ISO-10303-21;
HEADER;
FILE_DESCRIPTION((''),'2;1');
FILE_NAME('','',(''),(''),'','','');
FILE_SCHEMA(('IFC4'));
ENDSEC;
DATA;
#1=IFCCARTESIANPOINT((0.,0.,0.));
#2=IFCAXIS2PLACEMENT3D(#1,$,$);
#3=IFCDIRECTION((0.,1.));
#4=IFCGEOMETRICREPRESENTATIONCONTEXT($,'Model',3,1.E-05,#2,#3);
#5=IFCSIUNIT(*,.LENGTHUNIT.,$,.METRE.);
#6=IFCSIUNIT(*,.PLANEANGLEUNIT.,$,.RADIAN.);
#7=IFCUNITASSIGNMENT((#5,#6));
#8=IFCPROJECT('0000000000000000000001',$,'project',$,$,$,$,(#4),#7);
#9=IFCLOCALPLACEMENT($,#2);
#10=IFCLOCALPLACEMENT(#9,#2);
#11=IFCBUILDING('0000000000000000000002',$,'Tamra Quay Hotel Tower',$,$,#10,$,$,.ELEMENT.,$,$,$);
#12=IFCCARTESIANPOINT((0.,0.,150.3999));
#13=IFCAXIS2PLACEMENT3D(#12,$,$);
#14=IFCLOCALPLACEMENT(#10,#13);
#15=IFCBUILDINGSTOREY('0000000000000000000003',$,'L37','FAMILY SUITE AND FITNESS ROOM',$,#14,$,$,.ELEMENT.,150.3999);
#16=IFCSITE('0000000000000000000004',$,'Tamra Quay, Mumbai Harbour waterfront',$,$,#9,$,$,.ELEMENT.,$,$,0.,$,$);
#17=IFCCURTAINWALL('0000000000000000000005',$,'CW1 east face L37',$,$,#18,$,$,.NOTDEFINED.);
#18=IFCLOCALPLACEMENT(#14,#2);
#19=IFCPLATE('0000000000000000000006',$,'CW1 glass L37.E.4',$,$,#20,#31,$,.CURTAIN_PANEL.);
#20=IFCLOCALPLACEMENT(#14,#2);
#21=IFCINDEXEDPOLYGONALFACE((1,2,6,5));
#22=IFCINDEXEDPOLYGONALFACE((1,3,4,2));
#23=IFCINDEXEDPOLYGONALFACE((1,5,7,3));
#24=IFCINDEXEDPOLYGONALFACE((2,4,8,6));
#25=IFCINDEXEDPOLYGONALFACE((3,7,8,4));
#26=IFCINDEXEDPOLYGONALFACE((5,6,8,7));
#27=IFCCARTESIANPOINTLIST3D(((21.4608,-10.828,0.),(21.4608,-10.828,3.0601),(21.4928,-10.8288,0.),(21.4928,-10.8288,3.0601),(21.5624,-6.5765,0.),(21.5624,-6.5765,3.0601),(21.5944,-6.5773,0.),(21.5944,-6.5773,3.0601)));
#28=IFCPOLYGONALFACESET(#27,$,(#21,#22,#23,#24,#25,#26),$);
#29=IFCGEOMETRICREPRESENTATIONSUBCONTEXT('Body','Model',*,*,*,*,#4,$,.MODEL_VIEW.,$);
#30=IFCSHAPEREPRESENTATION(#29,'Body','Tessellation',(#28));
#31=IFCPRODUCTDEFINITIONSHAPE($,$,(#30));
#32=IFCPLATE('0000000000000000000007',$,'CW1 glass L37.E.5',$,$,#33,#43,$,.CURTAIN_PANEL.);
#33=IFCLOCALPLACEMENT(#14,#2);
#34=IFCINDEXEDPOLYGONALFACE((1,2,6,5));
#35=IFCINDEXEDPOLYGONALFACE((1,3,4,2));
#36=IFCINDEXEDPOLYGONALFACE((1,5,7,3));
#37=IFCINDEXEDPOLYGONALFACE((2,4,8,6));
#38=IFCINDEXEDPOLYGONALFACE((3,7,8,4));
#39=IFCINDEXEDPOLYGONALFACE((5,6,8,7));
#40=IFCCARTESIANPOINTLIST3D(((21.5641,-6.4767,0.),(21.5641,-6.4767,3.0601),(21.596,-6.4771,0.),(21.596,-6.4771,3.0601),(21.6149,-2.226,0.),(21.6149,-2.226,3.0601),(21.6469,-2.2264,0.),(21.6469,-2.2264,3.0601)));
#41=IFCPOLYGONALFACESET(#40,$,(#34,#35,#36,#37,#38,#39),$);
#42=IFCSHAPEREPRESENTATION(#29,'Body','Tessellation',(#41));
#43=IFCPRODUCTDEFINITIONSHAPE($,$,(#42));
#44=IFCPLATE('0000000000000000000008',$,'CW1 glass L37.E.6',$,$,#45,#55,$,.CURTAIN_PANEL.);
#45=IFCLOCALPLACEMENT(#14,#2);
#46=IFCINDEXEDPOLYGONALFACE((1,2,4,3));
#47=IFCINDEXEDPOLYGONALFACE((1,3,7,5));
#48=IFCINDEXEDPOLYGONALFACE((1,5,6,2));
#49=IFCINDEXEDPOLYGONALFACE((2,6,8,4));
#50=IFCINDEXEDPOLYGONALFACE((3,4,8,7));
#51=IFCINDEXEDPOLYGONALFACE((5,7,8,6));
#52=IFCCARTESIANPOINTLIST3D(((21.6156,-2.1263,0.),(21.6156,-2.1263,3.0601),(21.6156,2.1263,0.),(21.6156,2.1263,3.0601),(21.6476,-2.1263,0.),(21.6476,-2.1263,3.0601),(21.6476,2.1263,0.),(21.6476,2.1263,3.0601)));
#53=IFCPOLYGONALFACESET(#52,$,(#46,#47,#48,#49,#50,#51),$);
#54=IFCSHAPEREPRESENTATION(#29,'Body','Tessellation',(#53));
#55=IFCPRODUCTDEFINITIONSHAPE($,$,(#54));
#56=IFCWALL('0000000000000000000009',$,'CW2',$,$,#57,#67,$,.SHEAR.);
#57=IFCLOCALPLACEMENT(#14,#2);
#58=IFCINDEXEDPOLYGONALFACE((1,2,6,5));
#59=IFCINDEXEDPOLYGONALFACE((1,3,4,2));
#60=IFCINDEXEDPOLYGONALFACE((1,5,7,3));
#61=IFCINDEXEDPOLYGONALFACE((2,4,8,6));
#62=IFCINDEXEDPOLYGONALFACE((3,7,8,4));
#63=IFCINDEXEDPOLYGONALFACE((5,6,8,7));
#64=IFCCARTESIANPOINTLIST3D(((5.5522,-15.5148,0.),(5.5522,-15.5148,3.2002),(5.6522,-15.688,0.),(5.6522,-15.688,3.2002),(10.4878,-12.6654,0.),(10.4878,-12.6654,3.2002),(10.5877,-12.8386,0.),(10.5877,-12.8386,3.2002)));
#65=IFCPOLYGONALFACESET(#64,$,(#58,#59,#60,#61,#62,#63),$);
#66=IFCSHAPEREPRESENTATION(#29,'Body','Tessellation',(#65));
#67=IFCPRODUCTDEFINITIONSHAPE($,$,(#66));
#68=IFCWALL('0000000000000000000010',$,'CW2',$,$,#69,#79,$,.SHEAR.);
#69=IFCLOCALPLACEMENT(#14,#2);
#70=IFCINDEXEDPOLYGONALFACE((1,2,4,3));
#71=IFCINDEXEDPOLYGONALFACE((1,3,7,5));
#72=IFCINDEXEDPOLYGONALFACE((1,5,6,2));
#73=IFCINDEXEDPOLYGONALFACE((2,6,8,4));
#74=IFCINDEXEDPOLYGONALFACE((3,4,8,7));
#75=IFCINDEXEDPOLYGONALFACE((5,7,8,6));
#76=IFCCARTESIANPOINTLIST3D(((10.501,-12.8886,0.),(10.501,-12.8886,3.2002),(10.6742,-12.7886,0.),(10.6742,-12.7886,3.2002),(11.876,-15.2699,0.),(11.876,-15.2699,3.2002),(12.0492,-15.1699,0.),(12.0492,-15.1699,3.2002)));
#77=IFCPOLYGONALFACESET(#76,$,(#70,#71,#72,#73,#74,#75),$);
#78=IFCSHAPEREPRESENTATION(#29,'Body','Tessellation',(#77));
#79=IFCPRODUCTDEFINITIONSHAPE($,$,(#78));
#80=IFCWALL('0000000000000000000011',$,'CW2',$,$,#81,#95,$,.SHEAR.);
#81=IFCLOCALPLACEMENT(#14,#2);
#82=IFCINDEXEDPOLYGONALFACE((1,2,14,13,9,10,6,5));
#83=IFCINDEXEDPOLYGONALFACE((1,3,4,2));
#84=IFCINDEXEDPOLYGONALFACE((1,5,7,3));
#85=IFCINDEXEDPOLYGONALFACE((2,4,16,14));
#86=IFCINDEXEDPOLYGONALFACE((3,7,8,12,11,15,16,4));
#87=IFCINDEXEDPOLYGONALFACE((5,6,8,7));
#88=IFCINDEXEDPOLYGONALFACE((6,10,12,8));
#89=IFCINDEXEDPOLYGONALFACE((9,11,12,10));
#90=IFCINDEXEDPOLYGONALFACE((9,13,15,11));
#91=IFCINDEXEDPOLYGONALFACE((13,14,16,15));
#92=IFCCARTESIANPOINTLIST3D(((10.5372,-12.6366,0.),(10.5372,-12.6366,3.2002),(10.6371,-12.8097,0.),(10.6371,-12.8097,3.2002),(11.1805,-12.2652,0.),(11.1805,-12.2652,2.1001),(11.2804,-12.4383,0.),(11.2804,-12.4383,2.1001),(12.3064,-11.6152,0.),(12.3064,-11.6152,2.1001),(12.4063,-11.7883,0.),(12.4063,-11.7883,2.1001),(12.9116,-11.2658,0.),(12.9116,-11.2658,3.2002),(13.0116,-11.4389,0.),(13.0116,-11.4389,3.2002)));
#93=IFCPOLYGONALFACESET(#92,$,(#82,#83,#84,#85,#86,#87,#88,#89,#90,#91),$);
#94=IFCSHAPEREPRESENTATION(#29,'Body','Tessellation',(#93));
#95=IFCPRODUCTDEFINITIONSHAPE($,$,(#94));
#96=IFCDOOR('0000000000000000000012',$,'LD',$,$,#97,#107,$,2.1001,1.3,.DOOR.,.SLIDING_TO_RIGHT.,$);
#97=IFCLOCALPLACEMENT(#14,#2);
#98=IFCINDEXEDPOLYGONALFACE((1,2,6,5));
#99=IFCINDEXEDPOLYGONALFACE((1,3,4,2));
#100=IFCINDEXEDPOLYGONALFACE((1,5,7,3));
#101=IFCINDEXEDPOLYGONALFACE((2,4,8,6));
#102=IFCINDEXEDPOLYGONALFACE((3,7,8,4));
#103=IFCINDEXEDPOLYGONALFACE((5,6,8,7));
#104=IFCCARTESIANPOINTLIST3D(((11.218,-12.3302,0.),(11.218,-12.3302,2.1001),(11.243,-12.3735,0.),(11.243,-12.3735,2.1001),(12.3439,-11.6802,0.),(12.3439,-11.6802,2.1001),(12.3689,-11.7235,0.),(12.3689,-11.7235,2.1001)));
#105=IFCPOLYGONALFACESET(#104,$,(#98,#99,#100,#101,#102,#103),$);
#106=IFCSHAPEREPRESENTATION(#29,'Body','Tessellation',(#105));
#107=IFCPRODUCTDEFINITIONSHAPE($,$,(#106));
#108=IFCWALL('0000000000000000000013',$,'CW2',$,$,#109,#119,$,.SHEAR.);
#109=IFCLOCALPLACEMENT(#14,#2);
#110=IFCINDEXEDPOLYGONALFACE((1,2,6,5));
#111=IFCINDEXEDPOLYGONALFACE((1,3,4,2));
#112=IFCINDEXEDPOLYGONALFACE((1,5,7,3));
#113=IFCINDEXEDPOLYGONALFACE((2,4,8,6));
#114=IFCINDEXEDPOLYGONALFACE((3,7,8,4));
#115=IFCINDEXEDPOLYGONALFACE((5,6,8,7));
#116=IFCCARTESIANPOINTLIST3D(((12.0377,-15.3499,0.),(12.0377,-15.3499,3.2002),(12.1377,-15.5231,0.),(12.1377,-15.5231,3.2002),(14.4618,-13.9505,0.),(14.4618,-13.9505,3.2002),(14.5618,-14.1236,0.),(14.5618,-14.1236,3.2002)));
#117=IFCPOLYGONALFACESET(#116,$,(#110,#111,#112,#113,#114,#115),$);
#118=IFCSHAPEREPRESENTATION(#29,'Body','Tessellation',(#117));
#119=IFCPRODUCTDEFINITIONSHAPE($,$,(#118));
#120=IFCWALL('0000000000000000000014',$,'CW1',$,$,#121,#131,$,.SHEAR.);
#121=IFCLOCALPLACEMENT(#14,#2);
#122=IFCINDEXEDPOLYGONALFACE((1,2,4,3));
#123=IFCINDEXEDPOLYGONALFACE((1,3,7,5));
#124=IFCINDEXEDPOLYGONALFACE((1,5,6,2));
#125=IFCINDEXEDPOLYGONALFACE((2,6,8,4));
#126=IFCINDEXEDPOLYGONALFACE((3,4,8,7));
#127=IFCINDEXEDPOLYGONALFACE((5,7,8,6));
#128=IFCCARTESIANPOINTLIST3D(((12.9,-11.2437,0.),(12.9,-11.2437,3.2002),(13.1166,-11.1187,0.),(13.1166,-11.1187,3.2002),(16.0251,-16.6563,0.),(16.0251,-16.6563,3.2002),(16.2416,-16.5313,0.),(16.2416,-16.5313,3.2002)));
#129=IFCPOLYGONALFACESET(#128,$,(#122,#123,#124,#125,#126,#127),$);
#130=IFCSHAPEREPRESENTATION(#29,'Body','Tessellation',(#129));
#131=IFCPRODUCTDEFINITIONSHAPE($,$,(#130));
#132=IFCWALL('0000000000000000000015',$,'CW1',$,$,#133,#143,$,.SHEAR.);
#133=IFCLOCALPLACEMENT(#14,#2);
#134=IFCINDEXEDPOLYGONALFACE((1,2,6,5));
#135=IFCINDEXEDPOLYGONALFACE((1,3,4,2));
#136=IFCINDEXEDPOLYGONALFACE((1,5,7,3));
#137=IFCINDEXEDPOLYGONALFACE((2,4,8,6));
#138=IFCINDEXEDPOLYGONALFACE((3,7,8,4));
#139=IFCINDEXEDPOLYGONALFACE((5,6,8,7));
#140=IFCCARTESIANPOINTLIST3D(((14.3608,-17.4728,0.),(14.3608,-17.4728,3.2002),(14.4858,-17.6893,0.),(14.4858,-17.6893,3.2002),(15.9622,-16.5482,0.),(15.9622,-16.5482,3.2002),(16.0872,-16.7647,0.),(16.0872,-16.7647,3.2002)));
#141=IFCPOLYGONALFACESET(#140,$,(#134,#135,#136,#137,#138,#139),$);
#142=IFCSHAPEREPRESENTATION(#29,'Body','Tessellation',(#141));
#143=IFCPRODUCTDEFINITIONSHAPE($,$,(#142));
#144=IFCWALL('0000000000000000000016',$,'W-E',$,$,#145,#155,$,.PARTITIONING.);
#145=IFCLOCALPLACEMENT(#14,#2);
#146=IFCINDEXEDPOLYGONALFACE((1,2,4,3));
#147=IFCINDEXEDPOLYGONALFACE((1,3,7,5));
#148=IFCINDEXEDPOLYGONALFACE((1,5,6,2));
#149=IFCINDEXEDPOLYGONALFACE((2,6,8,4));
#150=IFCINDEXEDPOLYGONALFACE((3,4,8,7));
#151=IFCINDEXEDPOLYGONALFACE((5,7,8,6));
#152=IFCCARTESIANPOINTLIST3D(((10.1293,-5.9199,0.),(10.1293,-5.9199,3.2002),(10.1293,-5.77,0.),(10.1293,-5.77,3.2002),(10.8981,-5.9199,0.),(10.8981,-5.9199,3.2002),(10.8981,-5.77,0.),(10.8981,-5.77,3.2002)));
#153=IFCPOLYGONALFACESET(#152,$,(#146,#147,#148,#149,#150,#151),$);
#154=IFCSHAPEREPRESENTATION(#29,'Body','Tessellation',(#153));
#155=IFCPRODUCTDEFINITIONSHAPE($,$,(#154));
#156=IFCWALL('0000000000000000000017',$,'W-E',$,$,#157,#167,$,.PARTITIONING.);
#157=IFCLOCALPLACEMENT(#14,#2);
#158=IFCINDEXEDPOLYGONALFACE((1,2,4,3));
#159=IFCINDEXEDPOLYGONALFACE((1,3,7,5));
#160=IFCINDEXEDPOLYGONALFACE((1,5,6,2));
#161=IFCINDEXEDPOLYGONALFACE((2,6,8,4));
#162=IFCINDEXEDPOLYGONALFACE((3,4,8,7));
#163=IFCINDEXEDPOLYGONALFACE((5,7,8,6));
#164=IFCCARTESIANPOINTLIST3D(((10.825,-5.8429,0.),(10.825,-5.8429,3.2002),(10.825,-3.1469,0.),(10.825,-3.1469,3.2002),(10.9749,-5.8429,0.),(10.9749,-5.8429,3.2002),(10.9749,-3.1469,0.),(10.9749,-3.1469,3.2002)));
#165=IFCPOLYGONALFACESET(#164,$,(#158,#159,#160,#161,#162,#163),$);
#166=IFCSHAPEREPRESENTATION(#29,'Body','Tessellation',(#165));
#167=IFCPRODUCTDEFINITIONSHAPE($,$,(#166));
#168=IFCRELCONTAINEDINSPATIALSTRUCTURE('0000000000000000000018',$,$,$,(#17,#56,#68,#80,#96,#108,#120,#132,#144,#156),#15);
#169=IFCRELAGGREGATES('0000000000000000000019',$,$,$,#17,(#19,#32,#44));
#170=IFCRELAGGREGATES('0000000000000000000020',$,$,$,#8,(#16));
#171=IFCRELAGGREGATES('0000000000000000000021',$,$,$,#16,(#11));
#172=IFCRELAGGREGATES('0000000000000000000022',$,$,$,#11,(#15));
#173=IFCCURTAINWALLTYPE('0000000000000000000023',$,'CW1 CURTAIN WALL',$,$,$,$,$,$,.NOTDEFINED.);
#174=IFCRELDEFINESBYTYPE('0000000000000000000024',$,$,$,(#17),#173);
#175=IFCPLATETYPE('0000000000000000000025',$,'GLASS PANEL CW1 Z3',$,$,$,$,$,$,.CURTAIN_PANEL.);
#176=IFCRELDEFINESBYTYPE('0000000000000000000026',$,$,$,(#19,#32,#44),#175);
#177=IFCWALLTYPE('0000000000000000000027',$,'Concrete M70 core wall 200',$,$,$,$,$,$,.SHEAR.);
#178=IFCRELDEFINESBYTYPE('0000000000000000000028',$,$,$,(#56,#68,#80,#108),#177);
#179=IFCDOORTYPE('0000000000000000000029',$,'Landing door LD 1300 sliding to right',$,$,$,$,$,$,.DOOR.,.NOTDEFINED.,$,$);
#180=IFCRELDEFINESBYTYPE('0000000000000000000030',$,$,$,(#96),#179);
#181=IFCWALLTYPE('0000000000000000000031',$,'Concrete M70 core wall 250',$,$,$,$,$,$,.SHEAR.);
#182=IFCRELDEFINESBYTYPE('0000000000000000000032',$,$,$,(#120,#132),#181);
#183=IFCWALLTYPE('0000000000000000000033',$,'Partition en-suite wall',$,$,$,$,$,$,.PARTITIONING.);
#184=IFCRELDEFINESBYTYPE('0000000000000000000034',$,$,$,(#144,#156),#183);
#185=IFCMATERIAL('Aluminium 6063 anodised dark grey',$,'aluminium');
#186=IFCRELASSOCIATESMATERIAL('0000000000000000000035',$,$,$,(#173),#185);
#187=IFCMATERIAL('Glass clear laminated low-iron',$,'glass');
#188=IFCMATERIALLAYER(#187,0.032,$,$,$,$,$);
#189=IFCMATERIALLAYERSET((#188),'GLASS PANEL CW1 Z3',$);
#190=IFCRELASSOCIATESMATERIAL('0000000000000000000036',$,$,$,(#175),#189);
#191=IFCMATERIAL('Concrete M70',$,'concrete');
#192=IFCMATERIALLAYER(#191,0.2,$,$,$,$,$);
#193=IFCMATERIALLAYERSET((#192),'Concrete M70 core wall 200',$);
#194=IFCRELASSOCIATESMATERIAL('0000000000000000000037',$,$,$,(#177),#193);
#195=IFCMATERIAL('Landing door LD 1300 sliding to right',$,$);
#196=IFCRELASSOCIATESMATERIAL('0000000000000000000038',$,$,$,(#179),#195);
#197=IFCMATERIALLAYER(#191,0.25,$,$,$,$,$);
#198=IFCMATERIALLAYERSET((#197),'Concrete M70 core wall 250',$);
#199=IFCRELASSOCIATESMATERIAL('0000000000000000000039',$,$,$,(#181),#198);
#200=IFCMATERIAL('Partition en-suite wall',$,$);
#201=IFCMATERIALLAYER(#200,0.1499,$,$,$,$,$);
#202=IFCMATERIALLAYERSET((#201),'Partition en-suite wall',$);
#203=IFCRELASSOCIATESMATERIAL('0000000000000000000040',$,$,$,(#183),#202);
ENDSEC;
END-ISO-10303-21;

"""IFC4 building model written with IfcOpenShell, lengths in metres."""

from ifc_helpers import new_model, si_unit, direction, frame, frame_2d, origin, origin_2d, place, context, subcontext, project, spatial, rectangle, extrude, material, layer, layer_set, type_object, element, fill, aggregate, save


model = new_model("IFC4")

# Units and contexts
model_context = context("Model", 3, precision=1e-05, world=origin(), true_north=direction((0.0, 1.0)))
body_context = subcontext(model_context, "Body", "Model", "MODEL_VIEW")
ifc_project = project(units=[si_unit("LENGTHUNIT", "METRE"), si_unit("PLANEANGLEUNIT", "RADIAN")], contexts=[model_context])

# Site, building, storey
site_placement = place(None, origin())
site = spatial("IfcSite", under=ifc_project, at=site_placement, Name="Tamra Quay, Mumbai Harbour waterfront", CompositionType="ELEMENT", RefElevation=0.0)
building_placement = place(site_placement, origin())
building = spatial("IfcBuilding", under=site, at=building_placement, Name="Tamra Quay Hotel Tower", CompositionType="ELEMENT")
storey_placement = place(building_placement, frame((0.0, 0.0, 150.3999)))
storey = spatial("IfcBuildingStorey", under=building, at=storey_placement, Name="L37", Description="FAMILY SUITE AND FITNESS ROOM", CompositionType="ELEMENT", Elevation=150.3999)

# Shared definitions
ifc_material_1 = material(Name="Concrete M70", Category="concrete")

# Curtain wall
ifc_material_2 = material(Name="Aluminium 6063 anodised dark grey", Category="aluminium")
curtain_wall_type = type_object("IfcCurtainWallType", Name="CW1 CURTAIN WALL", PredefinedType="NOTDEFINED", material=ifc_material_2)
curtain_wall_placement = place(storey_placement, origin())
curtain_wall = element("IfcCurtainWall", 1, at=curtain_wall_placement, inside=storey, type_object=curtain_wall_type, Name="CW1 east face L37", PredefinedType="NOTDEFINED")

# Plates
ifc_material_3 = material(Name="Glass clear laminated low-iron", Category="glass")
ifc_layer_1 = layer(ifc_material_3, 0.032)
ifc_layer_set_1 = layer_set([ifc_layer_1], Name="GLASS PANEL CW1 Z3")
plate_type = type_object("IfcPlateType", Name="GLASS PANEL CW1 Z3", PredefinedType="CURTAIN_PANEL", material=ifc_layer_set_1)
plate_1_placement = place(storey_placement, frame((21.5276, -8.7026, 0.0), z_axis=(0.0, 0.0, 1.0), x_axis=(0.023896, 0.999714, 0.0)))
plate_1 = element("IfcPlate", 2, at=plate_1_placement, type_object=plate_type, Name="CW1 glass L37.E.4", PredefinedType="CURTAIN_PANEL", context=body_context, shape_type="SweptSolid", body=[
    extrude(rectangle(XDim=4.2527, YDim=0.032, at=origin_2d()), origin(), (0.0, 0.0, 1.0), 3.0601),
])
plate_2_placement = place(storey_placement, frame((21.6055, -4.3516, 0.0), z_axis=(0.0, 0.0, 1.0), x_axis=(0.011957, 0.999929, 0.0)))
plate_2 = element("IfcPlate", 3, at=plate_2_placement, type_object=plate_type, Name="CW1 glass L37.E.5", PredefinedType="CURTAIN_PANEL", context=body_context, shape_type="SweptSolid", body=[
    extrude(rectangle(XDim=4.251, YDim=0.032, at=origin_2d()), origin(), (0.0, 0.0, 1.0), 3.0601),
])
plate_3_placement = place(storey_placement, frame((21.6316, 0.0, 0.0), z_axis=(0.0, 0.0, 1.0), x_axis=(0.0, 1.0, 0.0)))
plate_3 = element("IfcPlate", 4, at=plate_3_placement, type_object=plate_type, Name="CW1 glass L37.E.6", PredefinedType="CURTAIN_PANEL", context=body_context, shape_type="SweptSolid", body=[
    extrude(rectangle(XDim=4.2527, YDim=0.032, at=origin_2d()), origin(), (0.0, 0.0, 1.0), 3.0601),
])
aggregate(curtain_wall, [plate_1, plate_2, plate_3])

# Walls
ifc_layer_2 = layer(ifc_material_1, 0.2)
ifc_layer_set_2 = layer_set([ifc_layer_2], Name="Concrete M70 core wall 200")
wall_type_1 = type_object("IfcWallType", Name="Concrete M70 core wall 200", PredefinedType="SHEAR", material=ifc_layer_set_2)
wall_1_placement = place(storey_placement, frame((10.5378, -12.752, 0.0), z_axis=(0.0, 0.0, 1.0), x_axis=(-0.866039, -0.499977, 0.0)))
element("IfcWall", 5, at=wall_1_placement, inside=storey, type_object=wall_type_1, Name="CW2", PredefinedType="SHEAR", context=body_context, shape_type="SweptSolid", body=[
    extrude(rectangle(XDim=5.699, YDim=0.2, at=frame_2d((2.8496, 0.0))), origin(), (0.0, 0.0, 1.0), 3.2002),
])
wall_2_placement = place(storey_placement, frame((11.9626, -15.22, 0.0), z_axis=(0.0, 0.0, 1.0), x_axis=(-0.500035, 0.866005, 0.0)))
element("IfcWall", 6, at=wall_2_placement, inside=storey, type_object=wall_type_1, Name="CW2", PredefinedType="SHEAR", context=body_context, shape_type="SweptSolid", body=[
    extrude(rectangle(XDim=2.7498, YDim=0.2, at=frame_2d((1.375, 0.0))), origin(), (0.0, 0.0, 1.0), 3.2002),
])

# Wall, opening, door
wall_3_placement = place(storey_placement, frame((10.5872, -12.7231, 0.0), z_axis=(0.0, 0.0, 1.0), x_axis=(0.866037, 0.499979, 0.0)))
wall_3 = element("IfcWall", 7, at=wall_3_placement, inside=storey, type_object=wall_type_1, Name="CW2", PredefinedType="SHEAR", context=body_context, shape_type="SweptSolid", body=[
    extrude(rectangle(XDim=2.7417, YDim=0.2, at=frame_2d((1.3708, 0.0))), origin(), (0.0, 0.0, 1.0), 3.2002),
])
opening_placement = place(wall_3_placement, frame((0.7429, 0.0, 0.0)))
opening = element("IfcOpeningElement", 8, at=opening_placement, cuts=wall_3, PredefinedType="OPENING", context=body_context, shape_type="SweptSolid", body=[
    extrude(rectangle(XDim=1.3, YDim=2.1001, at=frame_2d((0.6499, 1.05))), frame((0.0, 0.1099, 0.0), z_axis=(0.0, -1.0, 0.0), x_axis=(1.0, 0.0, 0.0)), (0.0, 0.0, 1.0), 0.22),
])
ifc_material_4 = material(Name="Landing door LD 1300 sliding to right")
door_type = type_object("IfcDoorType", Name="Landing door LD 1300 sliding to right", OperationType="NOTDEFINED", PredefinedType="DOOR", material=ifc_material_4)
door_placement = place(opening_placement, origin())
door = element("IfcDoor", 9, at=door_placement, inside=storey, type_object=door_type, Name="LD", OperationType="SLIDING_TO_RIGHT", OverallHeight=2.1001, OverallWidth=1.3, PredefinedType="DOOR", context=body_context, shape_type="SweptSolid", body=[
    extrude(rectangle(XDim=1.3, YDim=2.1001, at=frame_2d((0.6499, 1.05))), frame((0.0, 0.0249, 0.0), z_axis=(0.0, -1.0, 0.0), x_axis=(1.0, 0.0, 0.0)), (0.0, 0.0, 1.0), 0.05),
])
fill(opening, door)

# Walls
wall_4_placement = place(storey_placement, frame((14.5117, -14.0371, 0.0), z_axis=(0.0, 0.0, 1.0), x_axis=(-0.866045, -0.499967, 0.0)))
element("IfcWall", 10, at=wall_4_placement, inside=storey, type_object=wall_type_1, Name="CW2", PredefinedType="SHEAR", context=body_context, shape_type="SweptSolid", body=[
    extrude(rectangle(XDim=2.7991, YDim=0.2, at=frame_2d((1.3994, 0.0))), origin(), (0.0, 0.0, 1.0), 3.2002),
])
ifc_layer_3 = layer(ifc_material_1, 0.25)
ifc_layer_set_3 = layer_set([ifc_layer_3], Name="Concrete M70 core wall 250")
wall_type_2 = type_object("IfcWallType", Name="Concrete M70 core wall 250", PredefinedType="SHEAR", material=ifc_layer_set_3)
wall_5_placement = place(storey_placement, frame((13.0083, -11.1812, 0.0), z_axis=(0.0, 0.0, 1.0), x_axis=(0.500004, -0.866023, 0.0)))
element("IfcWall", 11, at=wall_5_placement, inside=storey, type_object=wall_type_2, Name="CW1", PredefinedType="SHEAR", context=body_context, shape_type="SweptSolid", body=[
    extrude(rectangle(XDim=6.25, YDim=0.25, at=frame_2d((3.125, 0.0))), origin(), (0.0, 0.0, 1.0), 3.2002),
])
wall_6_placement = place(storey_placement, frame((16.0247, -16.6565, 0.0), z_axis=(0.0, 0.0, 1.0), x_axis=(-0.866016, -0.500016, 0.0)))
element("IfcWall", 12, at=wall_6_placement, inside=storey, type_object=wall_type_2, Name="CW1", PredefinedType="SHEAR", context=body_context, shape_type="SweptSolid", body=[
    extrude(rectangle(XDim=1.8491, YDim=0.25, at=frame_2d((0.9246, 0.0))), origin(), (0.0, 0.0, 1.0), 3.2002),
])
ifc_material_5 = material(Name="Partition en-suite wall")
ifc_layer_4 = layer(ifc_material_5, 0.1499)
ifc_layer_set_4 = layer_set([ifc_layer_4], Name="Partition en-suite wall")
wall_type_3 = type_object("IfcWallType", Name="Partition en-suite wall", PredefinedType="PARTITIONING", material=ifc_layer_set_4)
wall_7_placement = place(storey_placement, frame((10.8979, -5.845, 0.0), z_axis=(0.0, 0.0, 1.0), x_axis=(-1.0, 0.0, 0.0)))
element("IfcWall", 13, at=wall_7_placement, inside=storey, type_object=wall_type_3, Name="W-E", PredefinedType="PARTITIONING", context=body_context, shape_type="SweptSolid", body=[
    extrude(rectangle(XDim=0.7688, YDim=0.1499, at=frame_2d((0.3843, 0.0))), origin(), (0.0, 0.0, 1.0), 3.2002),
])
wall_8_placement = place(storey_placement, frame((10.8999, -5.843, 0.0), z_axis=(0.0, 0.0, 1.0), x_axis=(0.0, 1.0, 0.0)))
element("IfcWall", 14, at=wall_8_placement, inside=storey, type_object=wall_type_3, Name="W-E", PredefinedType="PARTITIONING", context=body_context, shape_type="SweptSolid", body=[
    extrude(rectangle(XDim=2.696, YDim=0.1499, at=frame_2d((1.3481, 0.0))), origin(), (0.0, 0.0, 1.0), 3.2002),
])

save(model, "model.ifc")
